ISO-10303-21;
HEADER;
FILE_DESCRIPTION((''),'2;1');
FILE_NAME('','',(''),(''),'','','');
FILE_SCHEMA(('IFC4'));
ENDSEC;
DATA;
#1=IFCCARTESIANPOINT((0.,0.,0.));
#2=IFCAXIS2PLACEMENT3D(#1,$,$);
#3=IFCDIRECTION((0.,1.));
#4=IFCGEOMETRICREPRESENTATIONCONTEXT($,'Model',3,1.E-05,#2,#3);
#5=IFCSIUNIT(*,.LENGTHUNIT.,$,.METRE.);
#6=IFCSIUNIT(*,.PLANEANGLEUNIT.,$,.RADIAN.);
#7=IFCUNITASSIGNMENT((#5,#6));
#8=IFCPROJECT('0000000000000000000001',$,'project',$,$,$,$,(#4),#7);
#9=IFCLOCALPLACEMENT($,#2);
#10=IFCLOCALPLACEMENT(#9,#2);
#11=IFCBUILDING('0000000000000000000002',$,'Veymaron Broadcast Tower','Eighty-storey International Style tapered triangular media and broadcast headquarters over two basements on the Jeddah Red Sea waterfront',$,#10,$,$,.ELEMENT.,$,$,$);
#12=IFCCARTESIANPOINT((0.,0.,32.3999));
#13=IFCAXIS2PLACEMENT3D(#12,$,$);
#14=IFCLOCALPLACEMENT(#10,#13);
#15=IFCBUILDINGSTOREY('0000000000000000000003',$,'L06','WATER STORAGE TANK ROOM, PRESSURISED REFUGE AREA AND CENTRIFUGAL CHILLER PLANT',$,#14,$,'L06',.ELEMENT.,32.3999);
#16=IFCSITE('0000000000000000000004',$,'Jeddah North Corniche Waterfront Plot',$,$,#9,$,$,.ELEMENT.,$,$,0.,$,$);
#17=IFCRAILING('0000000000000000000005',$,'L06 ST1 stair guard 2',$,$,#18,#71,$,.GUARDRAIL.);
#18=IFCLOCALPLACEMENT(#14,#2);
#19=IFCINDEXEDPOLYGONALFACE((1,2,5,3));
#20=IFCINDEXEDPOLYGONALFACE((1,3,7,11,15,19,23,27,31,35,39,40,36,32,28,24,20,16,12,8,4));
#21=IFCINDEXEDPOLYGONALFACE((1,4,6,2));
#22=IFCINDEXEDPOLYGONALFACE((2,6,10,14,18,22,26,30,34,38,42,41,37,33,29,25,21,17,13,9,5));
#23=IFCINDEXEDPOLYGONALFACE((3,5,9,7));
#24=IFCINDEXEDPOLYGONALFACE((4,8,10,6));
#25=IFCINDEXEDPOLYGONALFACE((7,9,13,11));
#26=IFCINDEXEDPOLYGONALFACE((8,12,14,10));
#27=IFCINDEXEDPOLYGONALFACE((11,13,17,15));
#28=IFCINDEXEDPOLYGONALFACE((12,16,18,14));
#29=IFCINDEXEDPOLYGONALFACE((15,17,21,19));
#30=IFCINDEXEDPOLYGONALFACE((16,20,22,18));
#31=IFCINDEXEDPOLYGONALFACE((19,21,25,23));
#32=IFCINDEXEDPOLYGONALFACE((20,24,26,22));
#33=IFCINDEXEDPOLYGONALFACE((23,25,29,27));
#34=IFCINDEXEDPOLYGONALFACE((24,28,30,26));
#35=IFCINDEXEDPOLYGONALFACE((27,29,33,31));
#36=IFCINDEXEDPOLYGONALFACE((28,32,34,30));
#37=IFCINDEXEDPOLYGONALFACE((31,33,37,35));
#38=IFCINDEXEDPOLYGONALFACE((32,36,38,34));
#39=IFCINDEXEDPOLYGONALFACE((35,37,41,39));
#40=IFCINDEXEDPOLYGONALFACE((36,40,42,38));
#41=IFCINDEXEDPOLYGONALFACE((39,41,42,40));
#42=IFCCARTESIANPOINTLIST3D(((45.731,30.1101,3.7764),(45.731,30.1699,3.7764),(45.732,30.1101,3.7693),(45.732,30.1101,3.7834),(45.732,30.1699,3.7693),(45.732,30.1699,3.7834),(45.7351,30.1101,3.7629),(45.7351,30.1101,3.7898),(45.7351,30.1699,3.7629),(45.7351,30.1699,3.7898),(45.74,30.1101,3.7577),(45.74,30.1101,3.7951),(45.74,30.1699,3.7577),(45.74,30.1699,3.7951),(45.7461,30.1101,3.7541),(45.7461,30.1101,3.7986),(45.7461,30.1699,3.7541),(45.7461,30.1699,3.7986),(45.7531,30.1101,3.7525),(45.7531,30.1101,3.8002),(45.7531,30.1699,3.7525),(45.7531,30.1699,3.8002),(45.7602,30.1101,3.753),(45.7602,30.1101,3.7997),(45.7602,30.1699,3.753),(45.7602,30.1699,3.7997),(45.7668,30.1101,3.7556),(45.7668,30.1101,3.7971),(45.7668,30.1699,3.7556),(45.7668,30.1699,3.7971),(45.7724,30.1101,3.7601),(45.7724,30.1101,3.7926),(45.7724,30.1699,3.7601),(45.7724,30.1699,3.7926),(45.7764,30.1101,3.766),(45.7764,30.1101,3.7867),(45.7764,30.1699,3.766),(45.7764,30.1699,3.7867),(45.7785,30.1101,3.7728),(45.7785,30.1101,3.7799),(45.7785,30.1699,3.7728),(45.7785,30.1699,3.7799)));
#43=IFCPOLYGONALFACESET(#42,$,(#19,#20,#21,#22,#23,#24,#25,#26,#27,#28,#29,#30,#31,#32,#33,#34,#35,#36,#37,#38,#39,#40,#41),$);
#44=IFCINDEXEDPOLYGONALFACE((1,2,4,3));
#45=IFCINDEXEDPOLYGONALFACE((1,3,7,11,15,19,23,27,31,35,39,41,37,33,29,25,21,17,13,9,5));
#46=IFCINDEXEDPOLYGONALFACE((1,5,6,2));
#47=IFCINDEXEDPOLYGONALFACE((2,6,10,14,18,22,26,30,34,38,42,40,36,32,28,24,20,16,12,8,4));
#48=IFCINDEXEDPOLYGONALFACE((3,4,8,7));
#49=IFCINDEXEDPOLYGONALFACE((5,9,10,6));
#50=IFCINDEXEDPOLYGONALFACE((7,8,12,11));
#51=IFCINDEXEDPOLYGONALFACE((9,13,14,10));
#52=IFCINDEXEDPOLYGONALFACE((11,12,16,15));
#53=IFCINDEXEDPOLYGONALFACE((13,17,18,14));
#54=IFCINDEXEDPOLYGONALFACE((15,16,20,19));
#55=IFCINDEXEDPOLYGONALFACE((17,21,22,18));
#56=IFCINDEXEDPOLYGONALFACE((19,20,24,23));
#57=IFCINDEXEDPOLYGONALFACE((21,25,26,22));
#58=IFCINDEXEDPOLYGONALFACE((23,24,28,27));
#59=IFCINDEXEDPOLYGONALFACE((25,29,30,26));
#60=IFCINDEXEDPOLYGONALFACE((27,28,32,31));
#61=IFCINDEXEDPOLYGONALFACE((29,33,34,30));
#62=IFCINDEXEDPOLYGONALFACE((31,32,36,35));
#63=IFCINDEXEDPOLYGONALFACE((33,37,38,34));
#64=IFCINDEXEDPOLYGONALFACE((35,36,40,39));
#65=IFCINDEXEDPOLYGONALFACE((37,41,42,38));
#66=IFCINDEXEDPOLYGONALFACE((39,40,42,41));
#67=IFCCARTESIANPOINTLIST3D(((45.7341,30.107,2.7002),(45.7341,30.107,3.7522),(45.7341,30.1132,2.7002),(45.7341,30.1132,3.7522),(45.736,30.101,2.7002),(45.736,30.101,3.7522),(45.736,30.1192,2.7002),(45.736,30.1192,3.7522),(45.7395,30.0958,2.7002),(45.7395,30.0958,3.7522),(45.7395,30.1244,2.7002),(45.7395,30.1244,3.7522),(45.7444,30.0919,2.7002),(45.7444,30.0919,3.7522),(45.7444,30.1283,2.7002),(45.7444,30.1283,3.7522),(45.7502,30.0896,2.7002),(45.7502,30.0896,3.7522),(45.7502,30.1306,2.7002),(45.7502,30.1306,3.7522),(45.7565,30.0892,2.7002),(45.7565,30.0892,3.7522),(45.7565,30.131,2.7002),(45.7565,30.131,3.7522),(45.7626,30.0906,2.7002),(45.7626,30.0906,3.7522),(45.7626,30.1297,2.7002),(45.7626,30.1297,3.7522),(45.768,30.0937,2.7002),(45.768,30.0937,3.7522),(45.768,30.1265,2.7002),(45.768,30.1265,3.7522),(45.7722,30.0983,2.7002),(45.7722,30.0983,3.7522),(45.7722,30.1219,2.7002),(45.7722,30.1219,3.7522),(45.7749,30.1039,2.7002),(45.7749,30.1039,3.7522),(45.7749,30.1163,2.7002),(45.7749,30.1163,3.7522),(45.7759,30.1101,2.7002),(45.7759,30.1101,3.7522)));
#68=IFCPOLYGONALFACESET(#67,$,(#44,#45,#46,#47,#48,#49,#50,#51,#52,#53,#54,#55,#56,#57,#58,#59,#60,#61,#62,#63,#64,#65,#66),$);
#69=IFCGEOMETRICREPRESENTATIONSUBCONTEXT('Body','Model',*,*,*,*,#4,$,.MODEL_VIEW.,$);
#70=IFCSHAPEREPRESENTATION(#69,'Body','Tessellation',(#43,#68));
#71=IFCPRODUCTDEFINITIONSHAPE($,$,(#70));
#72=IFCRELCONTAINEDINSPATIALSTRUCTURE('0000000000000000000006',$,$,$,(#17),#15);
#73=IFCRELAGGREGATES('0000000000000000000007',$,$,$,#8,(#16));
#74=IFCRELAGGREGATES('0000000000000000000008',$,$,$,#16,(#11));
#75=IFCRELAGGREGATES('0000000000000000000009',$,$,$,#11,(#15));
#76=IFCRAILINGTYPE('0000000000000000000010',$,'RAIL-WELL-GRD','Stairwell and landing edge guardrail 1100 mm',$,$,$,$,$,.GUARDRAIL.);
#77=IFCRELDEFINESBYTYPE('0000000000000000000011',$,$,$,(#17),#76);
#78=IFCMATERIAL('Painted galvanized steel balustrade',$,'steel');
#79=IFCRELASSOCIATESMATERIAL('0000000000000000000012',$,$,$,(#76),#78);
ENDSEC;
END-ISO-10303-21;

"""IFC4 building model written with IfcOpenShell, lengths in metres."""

from ifc_helpers import new_model, si_unit, direction, frame, origin, origin_2d, place, context, subcontext, project, spatial, circle, extrude, material, type_object, element, save


model = new_model("IFC4")

# Units and contexts
model_context = context("Model", 3, precision=1e-05, world=origin(), true_north=direction((0.0, 1.0)))
body_context = subcontext(model_context, "Body", "Model", "MODEL_VIEW")
ifc_project = project(units=[si_unit("LENGTHUNIT", "METRE"), si_unit("PLANEANGLEUNIT", "RADIAN")], contexts=[model_context])

# Site, building, storey
site_placement = place(None, origin())
site = spatial("IfcSite", under=ifc_project, at=site_placement, Name="Jeddah North Corniche Waterfront Plot", CompositionType="ELEMENT", RefElevation=0.0)
building_placement = place(site_placement, origin())
building = spatial("IfcBuilding", under=site, at=building_placement, Name="Veymaron Broadcast Tower", Description="Eighty-storey International Style tapered triangular media and broadcast headquarters over two basements on the Jeddah Red Sea waterfront", CompositionType="ELEMENT")
storey_placement = place(building_placement, frame((0.0, 0.0, 32.3999)))
storey = spatial("IfcBuildingStorey", under=building, at=storey_placement, Name="L06", Description="WATER STORAGE TANK ROOM, PRESSURISED REFUGE AREA AND CENTRIFUGAL CHILLER PLANT", LongName="L06", CompositionType="ELEMENT", Elevation=32.3999)

# Railing
ifc_material_1 = material(Name="Painted galvanized steel balustrade", Category="steel")
railing_type_1 = type_object("IfcRailingType", Name="RAIL-WELL-GRD", Description="Stairwell and landing edge guardrail 1100 mm", PredefinedType="GUARDRAIL", material=ifc_material_1)
railing_1_placement = place(storey_placement, frame((45.7549, 30.1101, 2.7002)))
element("IfcRailing", 1, at=railing_1_placement, inside=storey, type_object=railing_type_1, Name="L06 ST1 stair guard 2", PredefinedType="GUARDRAIL", context=body_context, shape_type="SweptSolid", body=[
    extrude(circle(Radius=0.0239, at=origin_2d()), frame((0.0, 0.0, 1.0762), z_axis=(0.0, 1.0, 0.0), x_axis=(-1.0, 0.0, 0.0)), (0.0, 0.0, 1.0), 0.0598),
    extrude(circle(Radius=0.021, at=origin_2d()), origin(), (0.0, 0.0, 1.0), 1.052),
])

save(model, "model.ifc")
